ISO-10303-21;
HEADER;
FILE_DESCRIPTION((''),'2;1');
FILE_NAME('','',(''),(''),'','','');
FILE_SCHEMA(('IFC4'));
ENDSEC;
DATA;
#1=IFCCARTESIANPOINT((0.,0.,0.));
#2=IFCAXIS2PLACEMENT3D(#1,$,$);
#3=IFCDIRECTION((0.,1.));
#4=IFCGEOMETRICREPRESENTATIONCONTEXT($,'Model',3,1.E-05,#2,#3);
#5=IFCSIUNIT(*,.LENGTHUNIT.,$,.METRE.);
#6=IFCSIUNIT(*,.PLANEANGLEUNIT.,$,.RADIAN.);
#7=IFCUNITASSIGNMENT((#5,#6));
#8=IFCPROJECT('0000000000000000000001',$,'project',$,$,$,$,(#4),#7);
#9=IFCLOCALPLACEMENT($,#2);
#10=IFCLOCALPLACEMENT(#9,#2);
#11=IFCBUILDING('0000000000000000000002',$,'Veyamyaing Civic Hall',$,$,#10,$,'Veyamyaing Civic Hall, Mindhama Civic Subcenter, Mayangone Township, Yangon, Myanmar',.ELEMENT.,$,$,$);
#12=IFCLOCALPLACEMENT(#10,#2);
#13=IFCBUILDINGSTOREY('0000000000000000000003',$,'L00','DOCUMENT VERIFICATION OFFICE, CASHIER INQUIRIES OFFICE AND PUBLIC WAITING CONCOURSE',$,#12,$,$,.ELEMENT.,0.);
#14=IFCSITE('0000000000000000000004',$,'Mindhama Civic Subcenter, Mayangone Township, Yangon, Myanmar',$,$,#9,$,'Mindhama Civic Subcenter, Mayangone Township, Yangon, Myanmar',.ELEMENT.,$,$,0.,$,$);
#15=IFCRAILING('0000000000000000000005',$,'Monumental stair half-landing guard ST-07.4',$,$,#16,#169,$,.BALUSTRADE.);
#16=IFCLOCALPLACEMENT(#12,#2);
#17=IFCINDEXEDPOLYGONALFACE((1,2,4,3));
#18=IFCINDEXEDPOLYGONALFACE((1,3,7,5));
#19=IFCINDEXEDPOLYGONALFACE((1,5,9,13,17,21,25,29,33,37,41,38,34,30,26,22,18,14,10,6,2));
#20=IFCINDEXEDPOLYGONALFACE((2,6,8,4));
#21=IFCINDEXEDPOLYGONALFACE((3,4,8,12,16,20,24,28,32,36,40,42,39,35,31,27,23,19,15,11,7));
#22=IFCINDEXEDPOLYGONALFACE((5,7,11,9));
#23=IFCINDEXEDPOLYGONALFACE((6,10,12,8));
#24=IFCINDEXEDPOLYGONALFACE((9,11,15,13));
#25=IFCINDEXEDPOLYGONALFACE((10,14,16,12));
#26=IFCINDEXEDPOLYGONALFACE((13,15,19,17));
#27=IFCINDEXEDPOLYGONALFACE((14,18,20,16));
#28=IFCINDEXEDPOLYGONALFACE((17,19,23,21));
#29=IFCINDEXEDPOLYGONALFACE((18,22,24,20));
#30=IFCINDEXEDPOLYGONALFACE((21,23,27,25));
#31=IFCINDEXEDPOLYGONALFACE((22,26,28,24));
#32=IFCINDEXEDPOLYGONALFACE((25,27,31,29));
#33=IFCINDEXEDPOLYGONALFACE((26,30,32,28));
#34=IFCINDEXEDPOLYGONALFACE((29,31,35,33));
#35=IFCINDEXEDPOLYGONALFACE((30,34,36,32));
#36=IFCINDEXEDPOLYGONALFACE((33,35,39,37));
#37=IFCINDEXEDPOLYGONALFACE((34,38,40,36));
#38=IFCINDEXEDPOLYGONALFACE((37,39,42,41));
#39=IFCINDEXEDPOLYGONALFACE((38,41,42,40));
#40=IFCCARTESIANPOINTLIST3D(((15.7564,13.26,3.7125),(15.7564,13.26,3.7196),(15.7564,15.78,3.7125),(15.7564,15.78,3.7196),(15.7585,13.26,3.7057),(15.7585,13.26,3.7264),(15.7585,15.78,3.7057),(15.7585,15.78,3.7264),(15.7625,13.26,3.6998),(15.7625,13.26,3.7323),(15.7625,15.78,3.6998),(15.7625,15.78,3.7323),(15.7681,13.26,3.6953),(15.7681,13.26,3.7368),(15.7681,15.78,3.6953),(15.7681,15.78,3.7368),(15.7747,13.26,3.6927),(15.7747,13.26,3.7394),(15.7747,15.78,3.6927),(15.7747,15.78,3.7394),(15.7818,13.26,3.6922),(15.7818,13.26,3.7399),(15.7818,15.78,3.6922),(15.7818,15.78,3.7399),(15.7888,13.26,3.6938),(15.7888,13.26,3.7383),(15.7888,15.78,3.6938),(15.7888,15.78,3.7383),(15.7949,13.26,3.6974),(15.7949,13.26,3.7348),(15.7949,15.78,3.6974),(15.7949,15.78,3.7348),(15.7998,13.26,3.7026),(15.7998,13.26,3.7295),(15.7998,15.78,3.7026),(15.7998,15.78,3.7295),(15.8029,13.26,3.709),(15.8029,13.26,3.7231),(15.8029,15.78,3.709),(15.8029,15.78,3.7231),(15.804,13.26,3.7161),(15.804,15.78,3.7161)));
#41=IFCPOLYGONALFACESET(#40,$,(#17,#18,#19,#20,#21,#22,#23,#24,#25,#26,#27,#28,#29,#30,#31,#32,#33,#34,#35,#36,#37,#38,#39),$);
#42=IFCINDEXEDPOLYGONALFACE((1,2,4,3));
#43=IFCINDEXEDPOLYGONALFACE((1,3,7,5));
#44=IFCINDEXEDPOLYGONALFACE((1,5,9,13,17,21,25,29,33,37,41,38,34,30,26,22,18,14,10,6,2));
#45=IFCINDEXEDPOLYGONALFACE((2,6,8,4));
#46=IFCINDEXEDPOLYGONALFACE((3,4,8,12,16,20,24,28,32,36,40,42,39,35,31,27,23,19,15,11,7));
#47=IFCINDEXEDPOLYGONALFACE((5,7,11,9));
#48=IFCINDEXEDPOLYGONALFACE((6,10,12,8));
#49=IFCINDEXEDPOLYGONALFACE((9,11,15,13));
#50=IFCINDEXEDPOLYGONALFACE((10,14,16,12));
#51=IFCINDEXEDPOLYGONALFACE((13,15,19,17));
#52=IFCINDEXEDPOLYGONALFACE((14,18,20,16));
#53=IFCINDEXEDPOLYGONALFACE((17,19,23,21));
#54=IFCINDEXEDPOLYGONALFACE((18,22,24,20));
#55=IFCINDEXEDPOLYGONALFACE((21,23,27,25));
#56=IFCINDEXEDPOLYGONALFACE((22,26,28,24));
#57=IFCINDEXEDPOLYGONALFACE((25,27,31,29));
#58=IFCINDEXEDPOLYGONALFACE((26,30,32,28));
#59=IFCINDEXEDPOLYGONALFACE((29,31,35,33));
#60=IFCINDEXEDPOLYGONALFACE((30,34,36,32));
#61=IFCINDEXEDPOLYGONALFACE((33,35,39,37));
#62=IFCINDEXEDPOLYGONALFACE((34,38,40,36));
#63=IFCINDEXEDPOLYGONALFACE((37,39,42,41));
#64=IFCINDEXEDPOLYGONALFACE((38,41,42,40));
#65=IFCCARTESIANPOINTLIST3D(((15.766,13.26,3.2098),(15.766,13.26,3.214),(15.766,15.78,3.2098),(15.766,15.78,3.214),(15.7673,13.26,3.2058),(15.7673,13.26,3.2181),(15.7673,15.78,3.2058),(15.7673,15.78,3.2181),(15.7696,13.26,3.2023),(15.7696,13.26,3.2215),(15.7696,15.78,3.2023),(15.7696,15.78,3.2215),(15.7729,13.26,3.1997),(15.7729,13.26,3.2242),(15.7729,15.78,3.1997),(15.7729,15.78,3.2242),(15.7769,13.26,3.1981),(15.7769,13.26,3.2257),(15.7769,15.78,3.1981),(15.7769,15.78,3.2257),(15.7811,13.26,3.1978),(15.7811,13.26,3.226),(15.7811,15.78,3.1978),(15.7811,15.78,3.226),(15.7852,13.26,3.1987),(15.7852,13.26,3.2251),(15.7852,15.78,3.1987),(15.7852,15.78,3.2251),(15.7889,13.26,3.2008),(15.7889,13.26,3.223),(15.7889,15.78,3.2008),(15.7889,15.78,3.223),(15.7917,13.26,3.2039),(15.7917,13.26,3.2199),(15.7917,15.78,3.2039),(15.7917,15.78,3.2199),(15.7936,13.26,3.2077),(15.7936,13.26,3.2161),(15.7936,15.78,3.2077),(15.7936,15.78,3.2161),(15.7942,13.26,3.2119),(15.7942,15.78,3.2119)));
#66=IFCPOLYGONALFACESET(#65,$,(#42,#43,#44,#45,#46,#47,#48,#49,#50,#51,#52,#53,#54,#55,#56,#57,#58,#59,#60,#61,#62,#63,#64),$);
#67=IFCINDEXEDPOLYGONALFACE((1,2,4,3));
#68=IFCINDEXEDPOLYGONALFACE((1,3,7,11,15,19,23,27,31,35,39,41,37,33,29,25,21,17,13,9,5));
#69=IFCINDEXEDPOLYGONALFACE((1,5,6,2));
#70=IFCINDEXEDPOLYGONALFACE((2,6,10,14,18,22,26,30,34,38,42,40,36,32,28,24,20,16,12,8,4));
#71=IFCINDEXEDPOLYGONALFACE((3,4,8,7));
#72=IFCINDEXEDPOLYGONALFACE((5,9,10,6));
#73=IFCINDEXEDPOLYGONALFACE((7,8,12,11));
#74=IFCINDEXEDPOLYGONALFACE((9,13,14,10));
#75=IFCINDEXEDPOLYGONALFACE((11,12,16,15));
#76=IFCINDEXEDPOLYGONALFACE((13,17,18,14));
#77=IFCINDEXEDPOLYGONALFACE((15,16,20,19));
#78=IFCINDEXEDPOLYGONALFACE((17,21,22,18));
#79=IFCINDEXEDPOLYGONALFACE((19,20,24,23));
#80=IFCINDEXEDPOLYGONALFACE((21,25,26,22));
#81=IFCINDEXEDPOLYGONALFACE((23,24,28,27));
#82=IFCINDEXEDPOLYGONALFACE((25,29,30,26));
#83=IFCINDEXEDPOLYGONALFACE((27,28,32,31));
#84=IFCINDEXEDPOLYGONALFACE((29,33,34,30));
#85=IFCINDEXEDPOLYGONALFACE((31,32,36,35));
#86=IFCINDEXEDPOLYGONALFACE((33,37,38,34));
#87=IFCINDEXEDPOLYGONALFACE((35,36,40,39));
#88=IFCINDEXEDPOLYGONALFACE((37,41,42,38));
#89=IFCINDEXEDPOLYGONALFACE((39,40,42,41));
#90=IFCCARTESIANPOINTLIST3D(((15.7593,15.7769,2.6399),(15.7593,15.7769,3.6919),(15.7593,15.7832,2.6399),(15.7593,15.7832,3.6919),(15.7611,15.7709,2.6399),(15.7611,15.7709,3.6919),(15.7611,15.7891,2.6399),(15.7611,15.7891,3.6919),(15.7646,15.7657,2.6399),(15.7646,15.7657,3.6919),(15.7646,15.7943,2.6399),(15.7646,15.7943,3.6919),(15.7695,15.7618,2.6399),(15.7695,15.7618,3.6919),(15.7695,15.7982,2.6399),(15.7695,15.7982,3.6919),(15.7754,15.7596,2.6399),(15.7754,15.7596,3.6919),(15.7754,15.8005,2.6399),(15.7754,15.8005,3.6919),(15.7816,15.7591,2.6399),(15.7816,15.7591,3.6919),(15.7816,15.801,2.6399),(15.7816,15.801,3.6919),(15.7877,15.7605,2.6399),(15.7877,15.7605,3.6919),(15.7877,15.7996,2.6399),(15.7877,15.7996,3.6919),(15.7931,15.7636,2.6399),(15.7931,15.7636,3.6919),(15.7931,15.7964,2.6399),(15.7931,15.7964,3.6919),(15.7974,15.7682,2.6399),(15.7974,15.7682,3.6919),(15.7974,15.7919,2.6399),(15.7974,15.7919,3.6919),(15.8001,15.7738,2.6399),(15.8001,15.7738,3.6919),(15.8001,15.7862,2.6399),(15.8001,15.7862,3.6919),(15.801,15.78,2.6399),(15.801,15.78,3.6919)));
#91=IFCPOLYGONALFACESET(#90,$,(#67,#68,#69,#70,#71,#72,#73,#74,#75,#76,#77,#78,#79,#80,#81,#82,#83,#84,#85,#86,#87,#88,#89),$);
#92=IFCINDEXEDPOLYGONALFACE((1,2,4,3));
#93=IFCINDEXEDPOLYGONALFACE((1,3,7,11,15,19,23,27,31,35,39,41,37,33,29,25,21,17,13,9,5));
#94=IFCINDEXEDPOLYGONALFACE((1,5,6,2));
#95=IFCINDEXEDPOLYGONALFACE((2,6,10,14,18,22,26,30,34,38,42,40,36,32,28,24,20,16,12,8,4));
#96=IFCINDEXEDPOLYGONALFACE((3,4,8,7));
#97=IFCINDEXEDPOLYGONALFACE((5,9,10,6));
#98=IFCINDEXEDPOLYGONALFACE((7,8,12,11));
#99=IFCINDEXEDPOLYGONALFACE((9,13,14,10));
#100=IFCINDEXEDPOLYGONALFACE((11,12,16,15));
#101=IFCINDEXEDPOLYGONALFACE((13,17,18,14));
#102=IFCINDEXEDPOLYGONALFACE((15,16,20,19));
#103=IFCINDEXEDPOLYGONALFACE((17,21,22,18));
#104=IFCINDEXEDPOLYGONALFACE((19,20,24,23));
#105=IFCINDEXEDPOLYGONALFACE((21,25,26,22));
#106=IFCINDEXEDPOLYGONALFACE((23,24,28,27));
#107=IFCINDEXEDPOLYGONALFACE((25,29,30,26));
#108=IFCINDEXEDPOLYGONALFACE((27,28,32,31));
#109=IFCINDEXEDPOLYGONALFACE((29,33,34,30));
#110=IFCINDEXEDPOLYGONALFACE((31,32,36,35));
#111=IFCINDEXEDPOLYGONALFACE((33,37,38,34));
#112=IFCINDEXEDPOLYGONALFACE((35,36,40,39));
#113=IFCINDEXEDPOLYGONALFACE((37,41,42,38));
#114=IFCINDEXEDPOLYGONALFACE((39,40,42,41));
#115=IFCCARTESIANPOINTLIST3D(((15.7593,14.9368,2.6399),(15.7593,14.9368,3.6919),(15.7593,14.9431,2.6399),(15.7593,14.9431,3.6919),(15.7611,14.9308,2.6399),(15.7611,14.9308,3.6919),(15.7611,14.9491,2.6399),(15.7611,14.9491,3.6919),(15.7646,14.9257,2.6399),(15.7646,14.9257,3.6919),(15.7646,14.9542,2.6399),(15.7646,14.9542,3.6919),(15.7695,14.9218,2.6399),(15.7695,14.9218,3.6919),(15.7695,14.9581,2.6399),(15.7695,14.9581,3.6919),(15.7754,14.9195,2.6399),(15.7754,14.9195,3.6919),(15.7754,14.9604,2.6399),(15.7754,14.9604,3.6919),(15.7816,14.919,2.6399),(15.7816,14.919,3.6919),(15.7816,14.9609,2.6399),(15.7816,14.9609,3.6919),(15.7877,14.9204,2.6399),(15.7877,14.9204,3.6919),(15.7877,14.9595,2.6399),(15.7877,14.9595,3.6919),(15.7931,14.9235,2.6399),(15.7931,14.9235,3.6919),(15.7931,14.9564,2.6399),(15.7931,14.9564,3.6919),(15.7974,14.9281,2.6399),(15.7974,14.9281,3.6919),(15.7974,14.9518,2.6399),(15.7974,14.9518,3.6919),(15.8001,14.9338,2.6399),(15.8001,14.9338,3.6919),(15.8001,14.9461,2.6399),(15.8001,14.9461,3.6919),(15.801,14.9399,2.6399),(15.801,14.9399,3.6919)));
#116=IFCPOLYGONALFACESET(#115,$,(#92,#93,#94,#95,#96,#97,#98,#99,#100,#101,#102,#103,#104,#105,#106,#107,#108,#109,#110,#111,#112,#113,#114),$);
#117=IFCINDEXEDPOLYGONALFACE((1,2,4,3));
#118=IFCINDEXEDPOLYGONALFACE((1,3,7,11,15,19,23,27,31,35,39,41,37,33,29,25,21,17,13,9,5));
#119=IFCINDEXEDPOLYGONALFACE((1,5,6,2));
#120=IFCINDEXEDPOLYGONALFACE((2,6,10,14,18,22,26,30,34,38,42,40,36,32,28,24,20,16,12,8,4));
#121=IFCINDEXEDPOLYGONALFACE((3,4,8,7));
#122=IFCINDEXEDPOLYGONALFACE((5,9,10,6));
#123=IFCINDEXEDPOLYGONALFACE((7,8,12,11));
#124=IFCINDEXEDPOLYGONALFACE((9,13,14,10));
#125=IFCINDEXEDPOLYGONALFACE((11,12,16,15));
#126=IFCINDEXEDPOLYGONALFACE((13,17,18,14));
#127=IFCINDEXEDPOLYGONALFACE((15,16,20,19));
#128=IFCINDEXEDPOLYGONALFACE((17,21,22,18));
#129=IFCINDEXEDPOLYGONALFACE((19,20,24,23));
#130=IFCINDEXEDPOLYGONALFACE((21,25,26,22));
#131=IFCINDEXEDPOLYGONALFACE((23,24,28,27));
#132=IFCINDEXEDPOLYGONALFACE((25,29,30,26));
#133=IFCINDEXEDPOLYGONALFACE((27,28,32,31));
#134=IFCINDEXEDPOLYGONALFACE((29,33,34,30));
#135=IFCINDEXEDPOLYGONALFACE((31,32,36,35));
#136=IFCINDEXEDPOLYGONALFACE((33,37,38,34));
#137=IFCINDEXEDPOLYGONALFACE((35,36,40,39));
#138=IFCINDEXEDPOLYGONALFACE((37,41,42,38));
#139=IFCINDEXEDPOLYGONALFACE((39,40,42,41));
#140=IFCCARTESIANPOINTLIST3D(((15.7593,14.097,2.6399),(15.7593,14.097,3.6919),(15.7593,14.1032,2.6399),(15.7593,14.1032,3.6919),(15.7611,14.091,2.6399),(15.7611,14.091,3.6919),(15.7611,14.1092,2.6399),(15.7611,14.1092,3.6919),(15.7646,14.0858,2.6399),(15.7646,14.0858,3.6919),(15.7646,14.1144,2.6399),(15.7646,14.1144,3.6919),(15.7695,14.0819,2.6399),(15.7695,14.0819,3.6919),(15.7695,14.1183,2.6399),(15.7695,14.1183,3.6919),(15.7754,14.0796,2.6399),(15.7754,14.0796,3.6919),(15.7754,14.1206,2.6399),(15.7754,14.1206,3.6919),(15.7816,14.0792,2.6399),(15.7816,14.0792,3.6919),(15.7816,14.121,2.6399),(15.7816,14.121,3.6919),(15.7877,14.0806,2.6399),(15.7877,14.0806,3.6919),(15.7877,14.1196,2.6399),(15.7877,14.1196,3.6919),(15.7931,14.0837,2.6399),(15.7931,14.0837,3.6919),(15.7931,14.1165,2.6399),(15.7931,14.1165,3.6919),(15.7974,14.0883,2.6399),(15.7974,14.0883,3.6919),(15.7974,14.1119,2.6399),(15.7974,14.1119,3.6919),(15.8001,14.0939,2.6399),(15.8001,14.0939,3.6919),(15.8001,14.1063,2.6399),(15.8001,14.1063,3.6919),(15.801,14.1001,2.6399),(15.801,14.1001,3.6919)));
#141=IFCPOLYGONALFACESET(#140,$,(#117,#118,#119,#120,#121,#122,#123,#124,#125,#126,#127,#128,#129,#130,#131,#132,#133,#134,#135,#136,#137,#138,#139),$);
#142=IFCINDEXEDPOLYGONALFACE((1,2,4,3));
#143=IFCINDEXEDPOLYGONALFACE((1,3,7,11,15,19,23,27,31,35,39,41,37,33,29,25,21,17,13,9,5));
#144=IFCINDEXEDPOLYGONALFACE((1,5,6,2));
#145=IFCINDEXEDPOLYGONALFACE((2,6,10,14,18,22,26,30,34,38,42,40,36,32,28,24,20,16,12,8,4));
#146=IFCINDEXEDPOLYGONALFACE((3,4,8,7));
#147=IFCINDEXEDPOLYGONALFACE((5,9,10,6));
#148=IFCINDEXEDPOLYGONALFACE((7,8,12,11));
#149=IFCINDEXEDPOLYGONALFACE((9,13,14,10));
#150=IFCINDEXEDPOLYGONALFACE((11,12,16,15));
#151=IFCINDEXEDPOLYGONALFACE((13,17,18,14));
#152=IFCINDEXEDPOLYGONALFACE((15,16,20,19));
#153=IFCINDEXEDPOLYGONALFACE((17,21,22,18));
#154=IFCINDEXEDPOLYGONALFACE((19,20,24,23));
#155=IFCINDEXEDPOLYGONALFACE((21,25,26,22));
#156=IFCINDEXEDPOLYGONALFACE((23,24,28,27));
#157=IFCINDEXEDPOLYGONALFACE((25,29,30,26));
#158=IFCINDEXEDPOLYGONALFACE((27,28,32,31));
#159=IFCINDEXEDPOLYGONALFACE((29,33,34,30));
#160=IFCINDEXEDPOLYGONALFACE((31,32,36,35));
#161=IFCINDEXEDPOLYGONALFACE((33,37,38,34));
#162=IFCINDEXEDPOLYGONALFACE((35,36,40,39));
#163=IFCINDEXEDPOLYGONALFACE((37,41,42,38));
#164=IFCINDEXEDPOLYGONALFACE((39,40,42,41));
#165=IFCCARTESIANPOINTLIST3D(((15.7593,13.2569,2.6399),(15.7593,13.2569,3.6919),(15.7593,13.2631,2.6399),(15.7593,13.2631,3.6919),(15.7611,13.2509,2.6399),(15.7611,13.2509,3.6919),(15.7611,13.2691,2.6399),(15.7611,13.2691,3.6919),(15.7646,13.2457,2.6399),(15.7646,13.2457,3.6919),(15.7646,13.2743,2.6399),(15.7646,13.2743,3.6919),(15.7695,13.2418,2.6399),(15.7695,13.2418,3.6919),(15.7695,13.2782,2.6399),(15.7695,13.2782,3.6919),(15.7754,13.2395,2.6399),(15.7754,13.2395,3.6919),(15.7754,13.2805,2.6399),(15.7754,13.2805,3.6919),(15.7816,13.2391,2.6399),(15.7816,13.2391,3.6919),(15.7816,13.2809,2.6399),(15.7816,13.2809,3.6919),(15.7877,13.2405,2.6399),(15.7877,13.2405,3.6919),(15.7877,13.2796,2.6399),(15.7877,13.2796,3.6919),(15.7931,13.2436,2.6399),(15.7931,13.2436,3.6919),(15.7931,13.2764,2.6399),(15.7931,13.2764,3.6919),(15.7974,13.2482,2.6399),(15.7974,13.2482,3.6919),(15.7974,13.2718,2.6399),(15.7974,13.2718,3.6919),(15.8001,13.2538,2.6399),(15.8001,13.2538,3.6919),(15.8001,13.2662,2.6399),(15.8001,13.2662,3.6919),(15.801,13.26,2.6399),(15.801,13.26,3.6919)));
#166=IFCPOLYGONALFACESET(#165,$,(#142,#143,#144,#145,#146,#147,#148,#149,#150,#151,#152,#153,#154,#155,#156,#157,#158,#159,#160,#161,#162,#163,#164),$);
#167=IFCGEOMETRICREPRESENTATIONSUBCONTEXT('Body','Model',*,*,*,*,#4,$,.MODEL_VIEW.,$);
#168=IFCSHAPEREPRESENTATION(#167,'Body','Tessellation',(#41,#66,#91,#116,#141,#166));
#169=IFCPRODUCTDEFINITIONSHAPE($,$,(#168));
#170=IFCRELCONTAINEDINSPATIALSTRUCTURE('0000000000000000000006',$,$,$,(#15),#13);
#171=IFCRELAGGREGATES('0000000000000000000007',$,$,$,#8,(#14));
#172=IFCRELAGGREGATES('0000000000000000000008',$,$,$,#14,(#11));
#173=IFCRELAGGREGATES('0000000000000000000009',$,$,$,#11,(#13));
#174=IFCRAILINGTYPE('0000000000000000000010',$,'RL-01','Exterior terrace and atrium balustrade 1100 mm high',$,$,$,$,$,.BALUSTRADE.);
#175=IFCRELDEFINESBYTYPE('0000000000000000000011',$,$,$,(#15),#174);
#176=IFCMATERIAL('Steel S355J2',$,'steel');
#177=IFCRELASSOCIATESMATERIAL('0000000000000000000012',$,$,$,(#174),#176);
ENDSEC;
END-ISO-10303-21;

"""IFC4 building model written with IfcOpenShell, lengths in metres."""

from ifc_helpers import new_model, si_unit, direction, frame, origin, origin_2d, place, context, subcontext, project, spatial, circle, extrude, material, type_object, element, save


model = new_model("IFC4")

# Units and contexts
model_context = context("Model", 3, precision=1e-05, world=origin(), true_north=direction((0.0, 1.0)))
body_context = subcontext(model_context, "Body", "Model", "MODEL_VIEW")
ifc_project = project(units=[si_unit("LENGTHUNIT", "METRE"), si_unit("PLANEANGLEUNIT", "RADIAN")], contexts=[model_context])

# Site, building, storey
site_placement = place(None, origin())
site = spatial("IfcSite", under=ifc_project, at=site_placement, Name="Mindhama Civic Subcenter, Mayangone Township, Yangon, Myanmar", LongName="Mindhama Civic Subcenter, Mayangone Township, Yangon, Myanmar", CompositionType="ELEMENT", RefElevation=0.0)
building_placement = place(site_placement, origin())
building = spatial("IfcBuilding", under=site, at=building_placement, Name="Veyamyaing Civic Hall", LongName="Veyamyaing Civic Hall, Mindhama Civic Subcenter, Mayangone Township, Yangon, Myanmar", CompositionType="ELEMENT")
storey_placement = place(building_placement, origin())
storey = spatial("IfcBuildingStorey", under=building, at=storey_placement, Name="L00", Description="DOCUMENT VERIFICATION OFFICE, CASHIER INQUIRIES OFFICE AND PUBLIC WAITING CONCOURSE", CompositionType="ELEMENT", Elevation=0.0)

# Railing
ifc_material_1 = material(Name="Steel S355J2", Category="steel")
railing_type_1 = type_object("IfcRailingType", Name="RL-01", Description="Exterior terrace and atrium balustrade 1100 mm high", PredefinedType="BALUSTRADE", material=ifc_material_1)
railing_1_placement = place(storey_placement, frame((15.78, 15.78, 2.6399)))
element("IfcRailing", 1, at=railing_1_placement, inside=storey, type_object=railing_type_1, Name="Monumental stair half-landing guard ST-07.4", PredefinedType="BALUSTRADE", context=body_context, shape_type="SweptSolid", body=[
    extrude(circle(Radius=0.0239, at=origin_2d()), frame((0.0, 0.0, 1.0762), z_axis=(0.0, -1.0, 0.0), x_axis=(1.0, 0.0, 0.0)), (0.0, 0.0, 1.0), 2.52),
    extrude(circle(Radius=0.0142, at=origin_2d()), frame((0.0, 0.0, 0.572), z_axis=(0.0, -1.0, 0.0), x_axis=(1.0, 0.0, 0.0)), (0.0, 0.0, 1.0), 2.52),
    extrude(circle(Radius=0.021, at=origin_2d()), origin(), (0.0, 0.0, 1.0), 1.052),
    extrude(circle(Radius=0.021, at=origin_2d()), frame((0.0, -0.8401, 0.0)), (0.0, 0.0, 1.0), 1.052),
    extrude(circle(Radius=0.021, at=origin_2d()), frame((0.0, -1.6799, 0.0)), (0.0, 0.0, 1.0), 1.052),
    extrude(circle(Radius=0.021, at=origin_2d()), frame((0.0, -2.52, 0.0)), (0.0, 0.0, 1.0), 1.052),
])

save(model, "model.ifc")
